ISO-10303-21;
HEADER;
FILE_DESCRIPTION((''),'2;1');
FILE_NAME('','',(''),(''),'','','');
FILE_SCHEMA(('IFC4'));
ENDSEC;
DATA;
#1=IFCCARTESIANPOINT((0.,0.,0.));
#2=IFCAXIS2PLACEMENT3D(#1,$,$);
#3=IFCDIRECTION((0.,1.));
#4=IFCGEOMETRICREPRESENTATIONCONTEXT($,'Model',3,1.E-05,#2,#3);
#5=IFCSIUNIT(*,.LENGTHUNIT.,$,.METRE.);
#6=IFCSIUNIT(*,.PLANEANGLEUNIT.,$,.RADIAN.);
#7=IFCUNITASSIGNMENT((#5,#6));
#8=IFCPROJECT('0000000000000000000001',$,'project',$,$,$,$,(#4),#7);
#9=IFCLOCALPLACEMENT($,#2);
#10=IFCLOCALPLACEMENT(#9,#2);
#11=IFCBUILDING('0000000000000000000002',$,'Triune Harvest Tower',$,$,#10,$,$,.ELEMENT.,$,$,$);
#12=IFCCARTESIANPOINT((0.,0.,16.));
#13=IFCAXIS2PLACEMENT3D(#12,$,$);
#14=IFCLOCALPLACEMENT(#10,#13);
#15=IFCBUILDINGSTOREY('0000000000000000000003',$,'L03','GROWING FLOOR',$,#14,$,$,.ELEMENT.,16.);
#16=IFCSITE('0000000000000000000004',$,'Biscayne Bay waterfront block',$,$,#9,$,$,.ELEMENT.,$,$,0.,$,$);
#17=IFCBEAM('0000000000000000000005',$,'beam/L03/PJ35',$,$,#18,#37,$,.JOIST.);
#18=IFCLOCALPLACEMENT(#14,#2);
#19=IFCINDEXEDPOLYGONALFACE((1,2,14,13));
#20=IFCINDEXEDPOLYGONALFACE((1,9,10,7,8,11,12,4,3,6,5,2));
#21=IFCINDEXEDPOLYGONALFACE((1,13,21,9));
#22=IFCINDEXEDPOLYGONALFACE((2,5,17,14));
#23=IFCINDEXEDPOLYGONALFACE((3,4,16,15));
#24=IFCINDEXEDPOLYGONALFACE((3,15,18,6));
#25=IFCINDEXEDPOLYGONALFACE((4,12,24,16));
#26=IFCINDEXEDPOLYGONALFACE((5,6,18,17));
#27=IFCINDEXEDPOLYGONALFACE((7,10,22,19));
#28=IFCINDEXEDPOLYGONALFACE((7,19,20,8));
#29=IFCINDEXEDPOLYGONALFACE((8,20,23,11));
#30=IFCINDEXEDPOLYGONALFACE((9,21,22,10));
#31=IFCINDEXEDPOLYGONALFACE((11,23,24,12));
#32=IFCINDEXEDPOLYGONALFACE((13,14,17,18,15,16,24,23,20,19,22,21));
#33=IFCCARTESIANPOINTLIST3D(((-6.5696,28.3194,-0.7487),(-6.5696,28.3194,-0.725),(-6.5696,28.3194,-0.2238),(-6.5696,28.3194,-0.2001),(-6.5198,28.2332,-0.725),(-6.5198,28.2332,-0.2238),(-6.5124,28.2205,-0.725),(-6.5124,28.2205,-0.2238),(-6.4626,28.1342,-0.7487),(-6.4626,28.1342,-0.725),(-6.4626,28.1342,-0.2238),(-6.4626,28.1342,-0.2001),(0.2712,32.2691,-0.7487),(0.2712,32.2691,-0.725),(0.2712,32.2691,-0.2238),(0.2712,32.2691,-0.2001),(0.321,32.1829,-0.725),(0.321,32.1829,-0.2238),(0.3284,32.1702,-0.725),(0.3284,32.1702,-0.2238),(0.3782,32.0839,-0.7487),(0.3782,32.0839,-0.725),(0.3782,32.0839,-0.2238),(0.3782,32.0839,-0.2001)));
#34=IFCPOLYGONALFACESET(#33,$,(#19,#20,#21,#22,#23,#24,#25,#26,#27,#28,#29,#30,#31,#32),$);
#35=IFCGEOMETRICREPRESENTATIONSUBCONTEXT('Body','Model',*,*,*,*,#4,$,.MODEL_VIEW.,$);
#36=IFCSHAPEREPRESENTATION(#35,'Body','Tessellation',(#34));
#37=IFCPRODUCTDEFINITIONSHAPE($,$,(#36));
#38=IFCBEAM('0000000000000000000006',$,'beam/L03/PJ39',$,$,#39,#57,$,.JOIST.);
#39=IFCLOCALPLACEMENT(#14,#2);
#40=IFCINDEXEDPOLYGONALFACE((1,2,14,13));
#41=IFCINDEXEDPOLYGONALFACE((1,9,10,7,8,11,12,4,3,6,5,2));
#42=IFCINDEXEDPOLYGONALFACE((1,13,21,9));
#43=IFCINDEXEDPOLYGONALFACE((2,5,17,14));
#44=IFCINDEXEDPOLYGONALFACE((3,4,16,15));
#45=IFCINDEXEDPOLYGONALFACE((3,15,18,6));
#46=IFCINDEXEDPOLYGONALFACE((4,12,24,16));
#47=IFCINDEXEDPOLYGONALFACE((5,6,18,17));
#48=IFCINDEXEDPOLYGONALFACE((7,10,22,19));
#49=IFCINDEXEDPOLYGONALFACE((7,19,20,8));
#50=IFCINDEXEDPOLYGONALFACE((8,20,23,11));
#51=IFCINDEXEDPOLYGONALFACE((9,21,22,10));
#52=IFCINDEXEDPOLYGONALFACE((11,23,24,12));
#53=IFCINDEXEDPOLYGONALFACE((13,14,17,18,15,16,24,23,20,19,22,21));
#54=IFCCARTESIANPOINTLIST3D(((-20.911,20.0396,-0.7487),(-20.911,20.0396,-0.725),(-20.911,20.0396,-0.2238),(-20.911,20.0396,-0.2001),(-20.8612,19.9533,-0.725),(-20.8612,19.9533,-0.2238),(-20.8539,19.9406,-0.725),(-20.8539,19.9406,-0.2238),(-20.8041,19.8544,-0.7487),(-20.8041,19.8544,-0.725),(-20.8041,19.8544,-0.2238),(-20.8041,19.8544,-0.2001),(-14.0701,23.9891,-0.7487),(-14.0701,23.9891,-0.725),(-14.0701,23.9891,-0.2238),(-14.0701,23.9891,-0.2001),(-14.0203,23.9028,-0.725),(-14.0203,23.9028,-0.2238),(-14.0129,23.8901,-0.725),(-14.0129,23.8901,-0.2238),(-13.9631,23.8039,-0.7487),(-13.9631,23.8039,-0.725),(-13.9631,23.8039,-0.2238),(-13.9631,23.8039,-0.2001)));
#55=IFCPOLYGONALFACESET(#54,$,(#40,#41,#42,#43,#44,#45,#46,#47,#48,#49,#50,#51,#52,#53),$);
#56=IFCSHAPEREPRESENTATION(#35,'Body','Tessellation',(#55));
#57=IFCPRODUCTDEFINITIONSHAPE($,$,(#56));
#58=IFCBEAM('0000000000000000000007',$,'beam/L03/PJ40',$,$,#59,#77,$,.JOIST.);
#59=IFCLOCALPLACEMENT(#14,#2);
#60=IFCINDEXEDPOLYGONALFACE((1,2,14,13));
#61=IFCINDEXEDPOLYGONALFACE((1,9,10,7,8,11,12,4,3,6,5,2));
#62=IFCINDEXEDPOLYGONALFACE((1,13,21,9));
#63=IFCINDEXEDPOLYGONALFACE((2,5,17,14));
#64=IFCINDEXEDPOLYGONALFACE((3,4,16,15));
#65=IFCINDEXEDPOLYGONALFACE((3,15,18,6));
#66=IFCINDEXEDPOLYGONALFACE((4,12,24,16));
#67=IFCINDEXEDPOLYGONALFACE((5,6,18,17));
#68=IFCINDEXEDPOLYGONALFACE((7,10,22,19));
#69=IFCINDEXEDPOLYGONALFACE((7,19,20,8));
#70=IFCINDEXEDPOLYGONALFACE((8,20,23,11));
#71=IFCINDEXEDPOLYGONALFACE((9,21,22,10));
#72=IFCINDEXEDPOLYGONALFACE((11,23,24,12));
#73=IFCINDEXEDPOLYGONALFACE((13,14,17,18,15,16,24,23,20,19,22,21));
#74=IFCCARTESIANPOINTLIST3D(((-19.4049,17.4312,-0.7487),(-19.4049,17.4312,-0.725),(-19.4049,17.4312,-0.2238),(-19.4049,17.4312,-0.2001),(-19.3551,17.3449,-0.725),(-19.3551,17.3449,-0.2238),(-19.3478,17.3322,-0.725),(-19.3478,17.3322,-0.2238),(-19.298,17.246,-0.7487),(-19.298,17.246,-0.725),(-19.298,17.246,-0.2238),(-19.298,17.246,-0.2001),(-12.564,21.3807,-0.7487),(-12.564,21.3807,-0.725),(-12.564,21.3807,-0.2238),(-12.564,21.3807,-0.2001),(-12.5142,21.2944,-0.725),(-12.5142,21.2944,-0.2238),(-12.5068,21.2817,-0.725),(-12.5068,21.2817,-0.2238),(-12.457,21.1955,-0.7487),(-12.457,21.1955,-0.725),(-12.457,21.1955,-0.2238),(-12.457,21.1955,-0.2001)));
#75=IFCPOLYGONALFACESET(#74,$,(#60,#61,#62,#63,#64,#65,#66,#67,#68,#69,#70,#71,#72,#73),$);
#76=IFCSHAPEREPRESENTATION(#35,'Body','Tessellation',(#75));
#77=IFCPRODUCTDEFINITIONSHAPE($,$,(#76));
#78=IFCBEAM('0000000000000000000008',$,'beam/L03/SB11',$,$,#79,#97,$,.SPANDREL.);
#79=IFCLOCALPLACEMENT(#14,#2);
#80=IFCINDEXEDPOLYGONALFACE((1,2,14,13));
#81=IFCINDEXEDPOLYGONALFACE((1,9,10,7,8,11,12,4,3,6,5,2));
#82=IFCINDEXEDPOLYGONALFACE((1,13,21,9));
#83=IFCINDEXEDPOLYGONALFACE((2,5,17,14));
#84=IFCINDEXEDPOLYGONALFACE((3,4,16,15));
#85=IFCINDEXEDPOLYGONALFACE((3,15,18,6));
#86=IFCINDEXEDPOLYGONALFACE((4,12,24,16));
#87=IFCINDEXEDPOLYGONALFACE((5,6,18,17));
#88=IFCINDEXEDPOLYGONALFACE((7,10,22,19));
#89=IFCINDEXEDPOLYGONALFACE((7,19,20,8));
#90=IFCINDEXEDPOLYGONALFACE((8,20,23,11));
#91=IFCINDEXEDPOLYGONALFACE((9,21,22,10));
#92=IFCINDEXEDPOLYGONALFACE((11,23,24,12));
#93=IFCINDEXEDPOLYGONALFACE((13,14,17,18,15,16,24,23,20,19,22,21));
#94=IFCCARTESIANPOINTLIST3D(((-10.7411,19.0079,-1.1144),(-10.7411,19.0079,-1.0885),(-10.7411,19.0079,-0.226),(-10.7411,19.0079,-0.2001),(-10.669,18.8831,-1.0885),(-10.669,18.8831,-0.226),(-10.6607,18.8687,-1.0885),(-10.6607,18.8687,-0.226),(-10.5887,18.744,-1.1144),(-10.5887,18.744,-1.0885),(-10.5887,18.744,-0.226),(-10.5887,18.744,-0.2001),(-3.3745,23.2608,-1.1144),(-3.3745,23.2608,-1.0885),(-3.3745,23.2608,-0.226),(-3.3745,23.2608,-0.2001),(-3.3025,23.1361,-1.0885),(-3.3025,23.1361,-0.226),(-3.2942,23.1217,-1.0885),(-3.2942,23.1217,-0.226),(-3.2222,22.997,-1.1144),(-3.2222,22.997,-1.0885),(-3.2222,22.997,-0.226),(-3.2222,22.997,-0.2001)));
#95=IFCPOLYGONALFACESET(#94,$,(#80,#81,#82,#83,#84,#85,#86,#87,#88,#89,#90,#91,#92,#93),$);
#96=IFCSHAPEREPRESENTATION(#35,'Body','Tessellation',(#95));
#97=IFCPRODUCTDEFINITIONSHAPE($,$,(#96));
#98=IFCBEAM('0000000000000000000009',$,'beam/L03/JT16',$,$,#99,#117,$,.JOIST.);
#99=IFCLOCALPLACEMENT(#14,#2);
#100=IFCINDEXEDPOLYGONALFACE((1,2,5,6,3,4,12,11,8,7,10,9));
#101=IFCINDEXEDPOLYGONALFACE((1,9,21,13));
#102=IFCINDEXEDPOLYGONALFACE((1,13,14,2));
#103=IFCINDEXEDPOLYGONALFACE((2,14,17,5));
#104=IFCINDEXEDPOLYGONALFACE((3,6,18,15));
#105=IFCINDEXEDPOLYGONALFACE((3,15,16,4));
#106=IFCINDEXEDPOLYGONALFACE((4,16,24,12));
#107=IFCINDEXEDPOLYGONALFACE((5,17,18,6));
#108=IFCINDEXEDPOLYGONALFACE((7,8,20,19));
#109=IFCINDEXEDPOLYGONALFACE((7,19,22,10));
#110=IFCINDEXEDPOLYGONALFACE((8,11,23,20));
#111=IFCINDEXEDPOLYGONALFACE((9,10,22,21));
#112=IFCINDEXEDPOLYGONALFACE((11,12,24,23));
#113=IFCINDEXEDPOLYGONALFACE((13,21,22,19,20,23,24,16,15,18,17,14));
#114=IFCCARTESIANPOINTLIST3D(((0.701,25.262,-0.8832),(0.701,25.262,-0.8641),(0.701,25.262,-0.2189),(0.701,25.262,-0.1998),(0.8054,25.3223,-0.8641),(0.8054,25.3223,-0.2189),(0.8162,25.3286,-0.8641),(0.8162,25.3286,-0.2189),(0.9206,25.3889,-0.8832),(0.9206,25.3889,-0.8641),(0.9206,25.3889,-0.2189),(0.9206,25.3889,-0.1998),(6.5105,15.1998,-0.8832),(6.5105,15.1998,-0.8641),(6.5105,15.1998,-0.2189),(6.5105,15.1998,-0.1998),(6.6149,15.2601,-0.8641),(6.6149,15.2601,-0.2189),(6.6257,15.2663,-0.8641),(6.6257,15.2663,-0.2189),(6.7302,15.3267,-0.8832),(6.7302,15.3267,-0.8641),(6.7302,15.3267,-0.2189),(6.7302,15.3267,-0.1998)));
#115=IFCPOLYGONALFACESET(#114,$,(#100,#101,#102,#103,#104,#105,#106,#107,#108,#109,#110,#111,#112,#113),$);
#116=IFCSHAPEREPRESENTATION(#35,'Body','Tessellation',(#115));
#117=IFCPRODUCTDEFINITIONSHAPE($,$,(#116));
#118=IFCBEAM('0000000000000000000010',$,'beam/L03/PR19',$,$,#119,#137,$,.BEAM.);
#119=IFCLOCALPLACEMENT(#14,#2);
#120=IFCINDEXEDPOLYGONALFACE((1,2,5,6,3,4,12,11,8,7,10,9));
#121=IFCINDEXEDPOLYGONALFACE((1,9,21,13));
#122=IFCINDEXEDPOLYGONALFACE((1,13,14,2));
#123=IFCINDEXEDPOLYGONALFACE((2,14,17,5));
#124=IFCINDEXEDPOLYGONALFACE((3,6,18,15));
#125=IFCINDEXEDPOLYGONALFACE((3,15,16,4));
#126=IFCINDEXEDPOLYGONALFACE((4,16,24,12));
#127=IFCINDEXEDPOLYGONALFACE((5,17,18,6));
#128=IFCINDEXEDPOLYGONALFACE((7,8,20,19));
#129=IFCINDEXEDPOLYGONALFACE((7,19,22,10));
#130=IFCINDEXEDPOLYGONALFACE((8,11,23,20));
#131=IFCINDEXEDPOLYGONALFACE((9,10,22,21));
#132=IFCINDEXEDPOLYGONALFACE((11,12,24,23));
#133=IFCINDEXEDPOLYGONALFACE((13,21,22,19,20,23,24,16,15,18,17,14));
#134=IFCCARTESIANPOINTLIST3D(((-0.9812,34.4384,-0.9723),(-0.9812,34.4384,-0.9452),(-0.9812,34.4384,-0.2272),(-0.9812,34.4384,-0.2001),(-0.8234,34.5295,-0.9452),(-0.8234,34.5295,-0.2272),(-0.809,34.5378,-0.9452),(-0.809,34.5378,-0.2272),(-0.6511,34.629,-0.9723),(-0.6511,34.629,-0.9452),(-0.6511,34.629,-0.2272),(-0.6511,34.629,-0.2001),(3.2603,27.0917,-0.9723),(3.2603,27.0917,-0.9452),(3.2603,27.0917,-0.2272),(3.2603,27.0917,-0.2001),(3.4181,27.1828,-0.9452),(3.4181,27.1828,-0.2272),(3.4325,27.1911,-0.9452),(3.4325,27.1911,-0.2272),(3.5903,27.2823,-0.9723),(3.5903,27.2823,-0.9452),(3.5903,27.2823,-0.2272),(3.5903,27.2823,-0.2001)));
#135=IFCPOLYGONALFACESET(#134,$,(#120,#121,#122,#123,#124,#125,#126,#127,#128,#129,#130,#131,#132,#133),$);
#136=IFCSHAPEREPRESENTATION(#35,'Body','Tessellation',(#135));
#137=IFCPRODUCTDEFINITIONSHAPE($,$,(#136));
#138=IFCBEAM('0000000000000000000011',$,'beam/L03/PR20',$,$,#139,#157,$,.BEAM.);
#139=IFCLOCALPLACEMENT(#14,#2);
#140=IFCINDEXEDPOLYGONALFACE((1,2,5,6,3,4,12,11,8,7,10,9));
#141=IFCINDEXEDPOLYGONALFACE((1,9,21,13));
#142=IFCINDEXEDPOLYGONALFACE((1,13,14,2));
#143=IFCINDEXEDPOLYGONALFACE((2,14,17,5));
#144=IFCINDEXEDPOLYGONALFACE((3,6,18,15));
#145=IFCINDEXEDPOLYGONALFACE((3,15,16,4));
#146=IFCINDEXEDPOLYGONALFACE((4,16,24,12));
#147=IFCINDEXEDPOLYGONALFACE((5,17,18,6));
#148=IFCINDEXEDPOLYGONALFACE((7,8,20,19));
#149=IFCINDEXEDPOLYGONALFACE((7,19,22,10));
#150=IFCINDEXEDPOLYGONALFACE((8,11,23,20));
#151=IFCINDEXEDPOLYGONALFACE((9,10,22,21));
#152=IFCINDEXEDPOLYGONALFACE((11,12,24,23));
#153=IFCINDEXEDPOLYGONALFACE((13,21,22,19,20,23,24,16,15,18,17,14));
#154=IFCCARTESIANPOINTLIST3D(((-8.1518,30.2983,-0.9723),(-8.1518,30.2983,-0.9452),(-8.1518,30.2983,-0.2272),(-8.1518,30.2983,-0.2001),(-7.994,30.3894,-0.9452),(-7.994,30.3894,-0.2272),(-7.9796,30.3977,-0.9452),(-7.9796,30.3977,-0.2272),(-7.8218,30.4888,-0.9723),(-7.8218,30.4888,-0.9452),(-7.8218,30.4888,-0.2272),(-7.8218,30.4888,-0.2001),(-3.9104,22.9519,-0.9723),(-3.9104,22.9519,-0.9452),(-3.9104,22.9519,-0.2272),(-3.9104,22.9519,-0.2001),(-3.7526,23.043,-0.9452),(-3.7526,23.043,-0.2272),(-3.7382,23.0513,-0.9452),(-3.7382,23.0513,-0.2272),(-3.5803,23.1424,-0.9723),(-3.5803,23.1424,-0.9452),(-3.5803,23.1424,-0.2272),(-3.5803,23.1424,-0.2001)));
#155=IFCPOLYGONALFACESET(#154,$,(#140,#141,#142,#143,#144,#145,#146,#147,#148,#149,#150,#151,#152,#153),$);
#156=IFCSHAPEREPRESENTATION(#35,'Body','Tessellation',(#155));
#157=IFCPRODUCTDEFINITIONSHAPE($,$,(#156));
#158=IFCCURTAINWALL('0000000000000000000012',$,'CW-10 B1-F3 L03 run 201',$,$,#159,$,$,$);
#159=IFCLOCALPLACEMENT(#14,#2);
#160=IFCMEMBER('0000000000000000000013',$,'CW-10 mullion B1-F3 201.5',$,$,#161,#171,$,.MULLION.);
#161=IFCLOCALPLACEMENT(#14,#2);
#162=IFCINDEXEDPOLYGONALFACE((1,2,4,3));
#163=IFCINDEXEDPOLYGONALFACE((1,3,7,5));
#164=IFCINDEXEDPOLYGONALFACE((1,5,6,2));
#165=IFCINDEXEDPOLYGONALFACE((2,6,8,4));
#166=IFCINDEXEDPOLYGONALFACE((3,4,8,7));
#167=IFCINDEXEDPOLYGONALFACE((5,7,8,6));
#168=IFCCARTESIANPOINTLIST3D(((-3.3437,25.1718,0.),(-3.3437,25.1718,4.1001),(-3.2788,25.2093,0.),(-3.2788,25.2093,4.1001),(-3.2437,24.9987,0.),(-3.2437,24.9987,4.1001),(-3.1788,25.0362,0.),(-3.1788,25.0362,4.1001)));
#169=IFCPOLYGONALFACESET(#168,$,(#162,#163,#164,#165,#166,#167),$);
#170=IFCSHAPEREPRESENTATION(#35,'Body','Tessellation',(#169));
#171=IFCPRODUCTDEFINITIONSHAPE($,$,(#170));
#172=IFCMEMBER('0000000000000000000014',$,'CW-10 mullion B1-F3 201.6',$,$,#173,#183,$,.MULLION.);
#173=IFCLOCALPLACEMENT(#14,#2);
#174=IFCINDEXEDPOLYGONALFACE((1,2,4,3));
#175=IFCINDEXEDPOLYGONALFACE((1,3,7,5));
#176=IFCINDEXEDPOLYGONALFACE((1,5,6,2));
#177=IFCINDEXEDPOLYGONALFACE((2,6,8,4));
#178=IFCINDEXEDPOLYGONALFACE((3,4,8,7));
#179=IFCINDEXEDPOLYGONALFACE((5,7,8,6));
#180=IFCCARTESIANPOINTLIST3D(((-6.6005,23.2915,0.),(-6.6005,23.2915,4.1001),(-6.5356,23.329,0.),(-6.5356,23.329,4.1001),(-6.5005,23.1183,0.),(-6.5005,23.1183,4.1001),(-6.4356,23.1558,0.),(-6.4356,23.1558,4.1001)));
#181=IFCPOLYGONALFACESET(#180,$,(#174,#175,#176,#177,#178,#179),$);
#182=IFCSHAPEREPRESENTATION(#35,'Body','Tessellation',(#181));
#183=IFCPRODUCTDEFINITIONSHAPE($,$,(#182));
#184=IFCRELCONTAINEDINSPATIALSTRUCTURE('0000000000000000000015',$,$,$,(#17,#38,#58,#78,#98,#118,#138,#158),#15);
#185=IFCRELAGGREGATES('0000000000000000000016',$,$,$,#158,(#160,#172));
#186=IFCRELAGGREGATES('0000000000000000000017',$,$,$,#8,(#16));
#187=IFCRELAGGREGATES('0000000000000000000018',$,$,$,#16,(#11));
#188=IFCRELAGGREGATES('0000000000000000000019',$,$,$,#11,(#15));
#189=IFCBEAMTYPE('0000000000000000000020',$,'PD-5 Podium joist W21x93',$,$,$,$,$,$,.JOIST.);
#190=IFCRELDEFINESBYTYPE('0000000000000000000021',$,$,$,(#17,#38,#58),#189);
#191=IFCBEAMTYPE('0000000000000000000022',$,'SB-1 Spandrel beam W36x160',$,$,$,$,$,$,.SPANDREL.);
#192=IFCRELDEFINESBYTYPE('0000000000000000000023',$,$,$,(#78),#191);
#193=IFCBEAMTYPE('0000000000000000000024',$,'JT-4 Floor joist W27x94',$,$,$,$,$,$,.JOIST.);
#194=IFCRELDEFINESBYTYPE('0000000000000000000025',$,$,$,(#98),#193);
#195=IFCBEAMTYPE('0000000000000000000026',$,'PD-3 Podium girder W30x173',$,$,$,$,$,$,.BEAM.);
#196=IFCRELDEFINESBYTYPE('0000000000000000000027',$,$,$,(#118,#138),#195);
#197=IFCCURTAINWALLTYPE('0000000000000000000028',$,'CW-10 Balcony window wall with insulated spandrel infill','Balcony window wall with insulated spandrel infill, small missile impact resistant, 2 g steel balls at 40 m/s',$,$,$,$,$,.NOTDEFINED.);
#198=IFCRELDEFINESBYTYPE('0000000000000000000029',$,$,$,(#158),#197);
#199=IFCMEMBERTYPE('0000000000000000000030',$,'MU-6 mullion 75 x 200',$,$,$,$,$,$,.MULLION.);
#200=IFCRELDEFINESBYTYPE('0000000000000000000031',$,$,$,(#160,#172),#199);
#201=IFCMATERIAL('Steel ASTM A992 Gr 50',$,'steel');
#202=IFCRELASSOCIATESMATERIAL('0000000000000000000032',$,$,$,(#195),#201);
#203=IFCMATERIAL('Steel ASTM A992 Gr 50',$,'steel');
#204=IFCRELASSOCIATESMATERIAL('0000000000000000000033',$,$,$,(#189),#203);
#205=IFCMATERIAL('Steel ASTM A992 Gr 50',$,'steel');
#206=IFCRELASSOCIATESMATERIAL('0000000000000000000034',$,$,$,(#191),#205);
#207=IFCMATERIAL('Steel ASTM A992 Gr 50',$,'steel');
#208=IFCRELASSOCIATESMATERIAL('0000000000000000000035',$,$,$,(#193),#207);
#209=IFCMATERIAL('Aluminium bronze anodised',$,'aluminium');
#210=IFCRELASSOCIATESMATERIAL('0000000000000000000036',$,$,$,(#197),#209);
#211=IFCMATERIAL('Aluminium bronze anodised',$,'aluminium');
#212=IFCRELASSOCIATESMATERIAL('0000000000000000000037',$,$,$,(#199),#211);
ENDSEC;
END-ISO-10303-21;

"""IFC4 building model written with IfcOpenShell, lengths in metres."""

from ifc_helpers import new_model, si_unit, direction, frame, origin, origin_2d, place, context, subcontext, project, spatial, rectangle, i_section, extrude, source, transform, mapped, material, material_profile, profile_set, type_object, element, aggregate, save


model = new_model("IFC4")

# Units and contexts
model_context = context("Model", 3, precision=1e-05, world=origin(), true_north=direction((0.0, 1.0)))
body_context = subcontext(model_context, "Body", "Model", "MODEL_VIEW")
ifc_project = project(units=[si_unit("LENGTHUNIT", "METRE"), si_unit("PLANEANGLEUNIT", "RADIAN")], contexts=[model_context])

# Site, building, storey
site_placement = place(None, origin())
site = spatial("IfcSite", under=ifc_project, at=site_placement, Name="Biscayne Bay waterfront block", CompositionType="ELEMENT", RefElevation=0.0)
building_placement = place(site_placement, origin())
building = spatial("IfcBuilding", under=site, at=building_placement, Name="Triune Harvest Tower", CompositionType="ELEMENT")
storey_placement = place(building_placement, frame((0.0, 0.0, 16.0)))
storey = spatial("IfcBuildingStorey", under=building, at=storey_placement, Name="L03", Description="GROWING FLOOR", CompositionType="ELEMENT", Elevation=16.0)

# Beams
ifc_material_1 = material(Name="Steel ASTM A992 Gr 50", Category="steel")
ifc_material_profile_1 = material_profile(ifc_material_1, i_section(OverallWidth=0.3811, OverallDepth=0.7722, WebThickness=0.0166, FlangeThickness=0.0271, at=origin_2d()), Name="W30x173")
ifc_profile_set_1 = profile_set([ifc_material_profile_1], Name="Steel ASTM A992 Gr 50")
beam_type_1 = type_object("IfcBeamType", Name="PD-3 Podium girder W30x173", PredefinedType="BEAM", material=ifc_profile_set_1)
ifc_material_2 = material(Name="Steel ASTM A992 Gr 50", Category="steel")
ifc_material_profile_2 = material_profile(ifc_material_2, i_section(OverallWidth=0.2139, OverallDepth=0.5486, WebThickness=0.0146, FlangeThickness=0.0237, at=origin_2d()), Name="W21x93")
ifc_profile_set_2 = profile_set([ifc_material_profile_2], Name="Steel ASTM A992 Gr 50")
beam_type_2 = type_object("IfcBeamType", Name="PD-5 Podium joist W21x93", PredefinedType="JOIST", material=ifc_profile_set_2)
shared_shape_1 = source(origin(), body_context, "Body", "SweptSolid", [
    extrude(i_section(OverallWidth=0.2139, OverallDepth=0.5486, WebThickness=0.0146, FlangeThickness=0.0237, at=origin_2d()), origin(), (0.0, 0.0, 1.0), 7.8992),
])
for number, where, z_axis, x_axis, name in (
    (1, (0.3247, 32.1765, -0.4744), (-0.866017, -0.500015, 0.0), (0.500015, -0.866017, 0.0), "beam/L03/PJ35"),
    (2, (-14.0166, 23.8965, -0.4744), (-0.86603, -0.499992, 0.0), (0.499992, -0.86603, 0.0), "beam/L03/PJ39"),
    (3, (-12.5105, 21.2881, -0.4744), (-0.86603, -0.499992, 0.0), (0.499992, -0.86603, 0.0), "beam/L03/PJ40"),
):
    element("IfcBeam", number, at=place(storey_placement, frame(where, z_axis=z_axis, x_axis=x_axis)), inside=storey, type_object=beam_type_2, Name=name, PredefinedType="JOIST", context=body_context, shape_type="MappedRepresentation", body=[
        mapped(shared_shape_1, transform((0.0, 0.0, 0.0), scale=1.0)),
    ])
ifc_material_3 = material(Name="Steel ASTM A992 Gr 50", Category="steel")
ifc_material_profile_3 = material_profile(ifc_material_3, i_section(OverallWidth=0.3047, OverallDepth=0.9143, WebThickness=0.0166, FlangeThickness=0.0259, at=origin_2d()), Name="W36x160")
ifc_profile_set_3 = profile_set([ifc_material_profile_3], Name="Steel ASTM A992 Gr 50")
beam_type_3 = type_object("IfcBeamType", Name="SB-1 Spandrel beam W36x160", PredefinedType="SPANDREL", material=ifc_profile_set_3)
shared_shape_2 = source(origin(), body_context, "Body", "SweptSolid", [
    extrude(i_section(OverallWidth=0.3047, OverallDepth=0.9143, WebThickness=0.0166, FlangeThickness=0.0259, at=origin_2d()), origin(), (0.0, 0.0, 1.0), 8.5061),
])
beam_1_placement = place(storey_placement, frame((-3.2983, 23.1289, -0.6572), z_axis=(-0.86603, -0.499992, 0.0), x_axis=(0.499992, -0.86603, 0.0)))
element("IfcBeam", 4, at=beam_1_placement, inside=storey, type_object=beam_type_3, Name="beam/L03/SB11", PredefinedType="SPANDREL", context=body_context, shape_type="MappedRepresentation", body=[
    mapped(shared_shape_2, transform((0.0, 0.0, 0.0), scale=1.0)),
])
ifc_material_4 = material(Name="Steel ASTM A992 Gr 50", Category="steel")
ifc_material_profile_4 = material_profile(ifc_material_4, i_section(OverallWidth=0.2537, OverallDepth=0.6833, WebThickness=0.0125, FlangeThickness=0.019, at=origin_2d()), Name="W27x94")
ifc_profile_set_4 = profile_set([ifc_material_profile_4], Name="Steel ASTM A992 Gr 50")
beam_type_4 = type_object("IfcBeamType", Name="JT-4 Floor joist W27x94", PredefinedType="JOIST", material=ifc_profile_set_4)
shared_shape_3 = source(origin(), body_context, "Body", "SweptSolid", [
    extrude(i_section(OverallWidth=0.2537, OverallDepth=0.6833, WebThickness=0.0125, FlangeThickness=0.019, at=origin_2d()), origin(), (0.0, 0.0, 1.0), 11.6189),
])
beam_2_placement = place(storey_placement, frame((0.8108, 25.3254, -0.5415), z_axis=(0.500008, -0.866021, 0.0), x_axis=(0.866021, 0.500008, 0.0)))
element("IfcBeam", 5, at=beam_2_placement, inside=storey, type_object=beam_type_4, Name="beam/L03/JT16", PredefinedType="JOIST", context=body_context, shape_type="MappedRepresentation", body=[
    mapped(shared_shape_3, transform((0.0, 0.0, 0.0), scale=1.0)),
])
shared_shape_4 = source(origin(), body_context, "Body", "SweptSolid", [
    extrude(i_section(OverallWidth=0.3811, OverallDepth=0.7722, WebThickness=0.0166, FlangeThickness=0.0271, at=origin_2d()), origin(), (0.0, 0.0, 1.0), 8.4832),
])
beam_3_placement = place(storey_placement, frame((-0.8162, 34.5337, -0.5862), z_axis=(0.499987, -0.866033, 0.0), x_axis=(0.866033, 0.499987, 0.0)))
element("IfcBeam", 6, at=beam_3_placement, inside=storey, type_object=beam_type_1, Name="beam/L03/PR19", PredefinedType="BEAM", context=body_context, shape_type="MappedRepresentation", body=[
    mapped(shared_shape_4, transform((0.0, 0.0, 0.0), scale=1.0)),
])
shared_shape_5 = source(origin(), body_context, "Body", "SweptSolid", [
    extrude(i_section(OverallWidth=0.3811, OverallDepth=0.7722, WebThickness=0.0166, FlangeThickness=0.0271, at=origin_2d()), origin(), (0.0, 0.0, 1.0), 8.4829),
])
beam_4_placement = place(storey_placement, frame((-7.9868, 30.3936, -0.5862), z_axis=(0.499999, -0.866026, 0.0), x_axis=(0.866026, 0.499999, 0.0)))
element("IfcBeam", 7, at=beam_4_placement, inside=storey, type_object=beam_type_1, Name="beam/L03/PR20", PredefinedType="BEAM", context=body_context, shape_type="MappedRepresentation", body=[
    mapped(shared_shape_5, transform((0.0, 0.0, 0.0), scale=1.0)),
])

# Curtain wall, members
ifc_material_5 = material(Name="Aluminium bronze anodised", Category="aluminium")
curtain_wall_type_1 = type_object("IfcCurtainWallType", Name="CW-10 Balcony window wall with insulated spandrel infill", Description="Balcony window wall with insulated spandrel infill, small missile impact resistant, 2 g steel balls at 40 m/s", PredefinedType="NOTDEFINED", material=ifc_material_5)
curtain_wall_1_placement = place(storey_placement, origin())
curtain_wall_1 = element("IfcCurtainWall", 8, at=curtain_wall_1_placement, inside=storey, type_object=curtain_wall_type_1, Name="CW-10 B1-F3 L03 run 201")
ifc_material_6 = material(Name="Aluminium bronze anodised", Category="aluminium")
ifc_material_profile_5 = material_profile(ifc_material_6, rectangle(XDim=0.2, YDim=0.075, at=origin_2d()), Name="MU-6 mullion 75 x 200")
ifc_profile_set_5 = profile_set([ifc_material_profile_5], Name="Aluminium bronze anodised")
member_type_1 = type_object("IfcMemberType", Name="MU-6 mullion 75 x 200", PredefinedType="MULLION", material=ifc_profile_set_5)
shared_shape_6 = source(origin(), body_context, "Body", "SweptSolid", [
    extrude(rectangle(XDim=0.2, YDim=0.075, at=origin_2d()), origin(), (0.0, 0.0, 1.0), 4.1001),
])
member_1_placement = place(storey_placement, frame((-3.2612, 25.104, 0.0), z_axis=(0.0, 0.0, 1.0), x_axis=(0.500004, -0.866023, 0.0)))
member_1 = element("IfcMember", 9, at=member_1_placement, type_object=member_type_1, Name="CW-10 mullion B1-F3 201.5", PredefinedType="MULLION", context=body_context, shape_type="MappedRepresentation", body=[
    mapped(shared_shape_6, transform((0.0, 0.0, 0.0), scale=1.0)),
])
member_2_placement = place(storey_placement, frame((-6.5181, 23.2236, 0.0), z_axis=(0.0, 0.0, 1.0), x_axis=(0.500004, -0.866023, 0.0)))
member_2 = element("IfcMember", 10, at=member_2_placement, type_object=member_type_1, Name="CW-10 mullion B1-F3 201.6", PredefinedType="MULLION", context=body_context, shape_type="MappedRepresentation", body=[
    mapped(shared_shape_6, transform((0.0, 0.0, 0.0), scale=1.0)),
])

aggregate(curtain_wall_1, [member_1, member_2])

save(model, "model.ifc")
